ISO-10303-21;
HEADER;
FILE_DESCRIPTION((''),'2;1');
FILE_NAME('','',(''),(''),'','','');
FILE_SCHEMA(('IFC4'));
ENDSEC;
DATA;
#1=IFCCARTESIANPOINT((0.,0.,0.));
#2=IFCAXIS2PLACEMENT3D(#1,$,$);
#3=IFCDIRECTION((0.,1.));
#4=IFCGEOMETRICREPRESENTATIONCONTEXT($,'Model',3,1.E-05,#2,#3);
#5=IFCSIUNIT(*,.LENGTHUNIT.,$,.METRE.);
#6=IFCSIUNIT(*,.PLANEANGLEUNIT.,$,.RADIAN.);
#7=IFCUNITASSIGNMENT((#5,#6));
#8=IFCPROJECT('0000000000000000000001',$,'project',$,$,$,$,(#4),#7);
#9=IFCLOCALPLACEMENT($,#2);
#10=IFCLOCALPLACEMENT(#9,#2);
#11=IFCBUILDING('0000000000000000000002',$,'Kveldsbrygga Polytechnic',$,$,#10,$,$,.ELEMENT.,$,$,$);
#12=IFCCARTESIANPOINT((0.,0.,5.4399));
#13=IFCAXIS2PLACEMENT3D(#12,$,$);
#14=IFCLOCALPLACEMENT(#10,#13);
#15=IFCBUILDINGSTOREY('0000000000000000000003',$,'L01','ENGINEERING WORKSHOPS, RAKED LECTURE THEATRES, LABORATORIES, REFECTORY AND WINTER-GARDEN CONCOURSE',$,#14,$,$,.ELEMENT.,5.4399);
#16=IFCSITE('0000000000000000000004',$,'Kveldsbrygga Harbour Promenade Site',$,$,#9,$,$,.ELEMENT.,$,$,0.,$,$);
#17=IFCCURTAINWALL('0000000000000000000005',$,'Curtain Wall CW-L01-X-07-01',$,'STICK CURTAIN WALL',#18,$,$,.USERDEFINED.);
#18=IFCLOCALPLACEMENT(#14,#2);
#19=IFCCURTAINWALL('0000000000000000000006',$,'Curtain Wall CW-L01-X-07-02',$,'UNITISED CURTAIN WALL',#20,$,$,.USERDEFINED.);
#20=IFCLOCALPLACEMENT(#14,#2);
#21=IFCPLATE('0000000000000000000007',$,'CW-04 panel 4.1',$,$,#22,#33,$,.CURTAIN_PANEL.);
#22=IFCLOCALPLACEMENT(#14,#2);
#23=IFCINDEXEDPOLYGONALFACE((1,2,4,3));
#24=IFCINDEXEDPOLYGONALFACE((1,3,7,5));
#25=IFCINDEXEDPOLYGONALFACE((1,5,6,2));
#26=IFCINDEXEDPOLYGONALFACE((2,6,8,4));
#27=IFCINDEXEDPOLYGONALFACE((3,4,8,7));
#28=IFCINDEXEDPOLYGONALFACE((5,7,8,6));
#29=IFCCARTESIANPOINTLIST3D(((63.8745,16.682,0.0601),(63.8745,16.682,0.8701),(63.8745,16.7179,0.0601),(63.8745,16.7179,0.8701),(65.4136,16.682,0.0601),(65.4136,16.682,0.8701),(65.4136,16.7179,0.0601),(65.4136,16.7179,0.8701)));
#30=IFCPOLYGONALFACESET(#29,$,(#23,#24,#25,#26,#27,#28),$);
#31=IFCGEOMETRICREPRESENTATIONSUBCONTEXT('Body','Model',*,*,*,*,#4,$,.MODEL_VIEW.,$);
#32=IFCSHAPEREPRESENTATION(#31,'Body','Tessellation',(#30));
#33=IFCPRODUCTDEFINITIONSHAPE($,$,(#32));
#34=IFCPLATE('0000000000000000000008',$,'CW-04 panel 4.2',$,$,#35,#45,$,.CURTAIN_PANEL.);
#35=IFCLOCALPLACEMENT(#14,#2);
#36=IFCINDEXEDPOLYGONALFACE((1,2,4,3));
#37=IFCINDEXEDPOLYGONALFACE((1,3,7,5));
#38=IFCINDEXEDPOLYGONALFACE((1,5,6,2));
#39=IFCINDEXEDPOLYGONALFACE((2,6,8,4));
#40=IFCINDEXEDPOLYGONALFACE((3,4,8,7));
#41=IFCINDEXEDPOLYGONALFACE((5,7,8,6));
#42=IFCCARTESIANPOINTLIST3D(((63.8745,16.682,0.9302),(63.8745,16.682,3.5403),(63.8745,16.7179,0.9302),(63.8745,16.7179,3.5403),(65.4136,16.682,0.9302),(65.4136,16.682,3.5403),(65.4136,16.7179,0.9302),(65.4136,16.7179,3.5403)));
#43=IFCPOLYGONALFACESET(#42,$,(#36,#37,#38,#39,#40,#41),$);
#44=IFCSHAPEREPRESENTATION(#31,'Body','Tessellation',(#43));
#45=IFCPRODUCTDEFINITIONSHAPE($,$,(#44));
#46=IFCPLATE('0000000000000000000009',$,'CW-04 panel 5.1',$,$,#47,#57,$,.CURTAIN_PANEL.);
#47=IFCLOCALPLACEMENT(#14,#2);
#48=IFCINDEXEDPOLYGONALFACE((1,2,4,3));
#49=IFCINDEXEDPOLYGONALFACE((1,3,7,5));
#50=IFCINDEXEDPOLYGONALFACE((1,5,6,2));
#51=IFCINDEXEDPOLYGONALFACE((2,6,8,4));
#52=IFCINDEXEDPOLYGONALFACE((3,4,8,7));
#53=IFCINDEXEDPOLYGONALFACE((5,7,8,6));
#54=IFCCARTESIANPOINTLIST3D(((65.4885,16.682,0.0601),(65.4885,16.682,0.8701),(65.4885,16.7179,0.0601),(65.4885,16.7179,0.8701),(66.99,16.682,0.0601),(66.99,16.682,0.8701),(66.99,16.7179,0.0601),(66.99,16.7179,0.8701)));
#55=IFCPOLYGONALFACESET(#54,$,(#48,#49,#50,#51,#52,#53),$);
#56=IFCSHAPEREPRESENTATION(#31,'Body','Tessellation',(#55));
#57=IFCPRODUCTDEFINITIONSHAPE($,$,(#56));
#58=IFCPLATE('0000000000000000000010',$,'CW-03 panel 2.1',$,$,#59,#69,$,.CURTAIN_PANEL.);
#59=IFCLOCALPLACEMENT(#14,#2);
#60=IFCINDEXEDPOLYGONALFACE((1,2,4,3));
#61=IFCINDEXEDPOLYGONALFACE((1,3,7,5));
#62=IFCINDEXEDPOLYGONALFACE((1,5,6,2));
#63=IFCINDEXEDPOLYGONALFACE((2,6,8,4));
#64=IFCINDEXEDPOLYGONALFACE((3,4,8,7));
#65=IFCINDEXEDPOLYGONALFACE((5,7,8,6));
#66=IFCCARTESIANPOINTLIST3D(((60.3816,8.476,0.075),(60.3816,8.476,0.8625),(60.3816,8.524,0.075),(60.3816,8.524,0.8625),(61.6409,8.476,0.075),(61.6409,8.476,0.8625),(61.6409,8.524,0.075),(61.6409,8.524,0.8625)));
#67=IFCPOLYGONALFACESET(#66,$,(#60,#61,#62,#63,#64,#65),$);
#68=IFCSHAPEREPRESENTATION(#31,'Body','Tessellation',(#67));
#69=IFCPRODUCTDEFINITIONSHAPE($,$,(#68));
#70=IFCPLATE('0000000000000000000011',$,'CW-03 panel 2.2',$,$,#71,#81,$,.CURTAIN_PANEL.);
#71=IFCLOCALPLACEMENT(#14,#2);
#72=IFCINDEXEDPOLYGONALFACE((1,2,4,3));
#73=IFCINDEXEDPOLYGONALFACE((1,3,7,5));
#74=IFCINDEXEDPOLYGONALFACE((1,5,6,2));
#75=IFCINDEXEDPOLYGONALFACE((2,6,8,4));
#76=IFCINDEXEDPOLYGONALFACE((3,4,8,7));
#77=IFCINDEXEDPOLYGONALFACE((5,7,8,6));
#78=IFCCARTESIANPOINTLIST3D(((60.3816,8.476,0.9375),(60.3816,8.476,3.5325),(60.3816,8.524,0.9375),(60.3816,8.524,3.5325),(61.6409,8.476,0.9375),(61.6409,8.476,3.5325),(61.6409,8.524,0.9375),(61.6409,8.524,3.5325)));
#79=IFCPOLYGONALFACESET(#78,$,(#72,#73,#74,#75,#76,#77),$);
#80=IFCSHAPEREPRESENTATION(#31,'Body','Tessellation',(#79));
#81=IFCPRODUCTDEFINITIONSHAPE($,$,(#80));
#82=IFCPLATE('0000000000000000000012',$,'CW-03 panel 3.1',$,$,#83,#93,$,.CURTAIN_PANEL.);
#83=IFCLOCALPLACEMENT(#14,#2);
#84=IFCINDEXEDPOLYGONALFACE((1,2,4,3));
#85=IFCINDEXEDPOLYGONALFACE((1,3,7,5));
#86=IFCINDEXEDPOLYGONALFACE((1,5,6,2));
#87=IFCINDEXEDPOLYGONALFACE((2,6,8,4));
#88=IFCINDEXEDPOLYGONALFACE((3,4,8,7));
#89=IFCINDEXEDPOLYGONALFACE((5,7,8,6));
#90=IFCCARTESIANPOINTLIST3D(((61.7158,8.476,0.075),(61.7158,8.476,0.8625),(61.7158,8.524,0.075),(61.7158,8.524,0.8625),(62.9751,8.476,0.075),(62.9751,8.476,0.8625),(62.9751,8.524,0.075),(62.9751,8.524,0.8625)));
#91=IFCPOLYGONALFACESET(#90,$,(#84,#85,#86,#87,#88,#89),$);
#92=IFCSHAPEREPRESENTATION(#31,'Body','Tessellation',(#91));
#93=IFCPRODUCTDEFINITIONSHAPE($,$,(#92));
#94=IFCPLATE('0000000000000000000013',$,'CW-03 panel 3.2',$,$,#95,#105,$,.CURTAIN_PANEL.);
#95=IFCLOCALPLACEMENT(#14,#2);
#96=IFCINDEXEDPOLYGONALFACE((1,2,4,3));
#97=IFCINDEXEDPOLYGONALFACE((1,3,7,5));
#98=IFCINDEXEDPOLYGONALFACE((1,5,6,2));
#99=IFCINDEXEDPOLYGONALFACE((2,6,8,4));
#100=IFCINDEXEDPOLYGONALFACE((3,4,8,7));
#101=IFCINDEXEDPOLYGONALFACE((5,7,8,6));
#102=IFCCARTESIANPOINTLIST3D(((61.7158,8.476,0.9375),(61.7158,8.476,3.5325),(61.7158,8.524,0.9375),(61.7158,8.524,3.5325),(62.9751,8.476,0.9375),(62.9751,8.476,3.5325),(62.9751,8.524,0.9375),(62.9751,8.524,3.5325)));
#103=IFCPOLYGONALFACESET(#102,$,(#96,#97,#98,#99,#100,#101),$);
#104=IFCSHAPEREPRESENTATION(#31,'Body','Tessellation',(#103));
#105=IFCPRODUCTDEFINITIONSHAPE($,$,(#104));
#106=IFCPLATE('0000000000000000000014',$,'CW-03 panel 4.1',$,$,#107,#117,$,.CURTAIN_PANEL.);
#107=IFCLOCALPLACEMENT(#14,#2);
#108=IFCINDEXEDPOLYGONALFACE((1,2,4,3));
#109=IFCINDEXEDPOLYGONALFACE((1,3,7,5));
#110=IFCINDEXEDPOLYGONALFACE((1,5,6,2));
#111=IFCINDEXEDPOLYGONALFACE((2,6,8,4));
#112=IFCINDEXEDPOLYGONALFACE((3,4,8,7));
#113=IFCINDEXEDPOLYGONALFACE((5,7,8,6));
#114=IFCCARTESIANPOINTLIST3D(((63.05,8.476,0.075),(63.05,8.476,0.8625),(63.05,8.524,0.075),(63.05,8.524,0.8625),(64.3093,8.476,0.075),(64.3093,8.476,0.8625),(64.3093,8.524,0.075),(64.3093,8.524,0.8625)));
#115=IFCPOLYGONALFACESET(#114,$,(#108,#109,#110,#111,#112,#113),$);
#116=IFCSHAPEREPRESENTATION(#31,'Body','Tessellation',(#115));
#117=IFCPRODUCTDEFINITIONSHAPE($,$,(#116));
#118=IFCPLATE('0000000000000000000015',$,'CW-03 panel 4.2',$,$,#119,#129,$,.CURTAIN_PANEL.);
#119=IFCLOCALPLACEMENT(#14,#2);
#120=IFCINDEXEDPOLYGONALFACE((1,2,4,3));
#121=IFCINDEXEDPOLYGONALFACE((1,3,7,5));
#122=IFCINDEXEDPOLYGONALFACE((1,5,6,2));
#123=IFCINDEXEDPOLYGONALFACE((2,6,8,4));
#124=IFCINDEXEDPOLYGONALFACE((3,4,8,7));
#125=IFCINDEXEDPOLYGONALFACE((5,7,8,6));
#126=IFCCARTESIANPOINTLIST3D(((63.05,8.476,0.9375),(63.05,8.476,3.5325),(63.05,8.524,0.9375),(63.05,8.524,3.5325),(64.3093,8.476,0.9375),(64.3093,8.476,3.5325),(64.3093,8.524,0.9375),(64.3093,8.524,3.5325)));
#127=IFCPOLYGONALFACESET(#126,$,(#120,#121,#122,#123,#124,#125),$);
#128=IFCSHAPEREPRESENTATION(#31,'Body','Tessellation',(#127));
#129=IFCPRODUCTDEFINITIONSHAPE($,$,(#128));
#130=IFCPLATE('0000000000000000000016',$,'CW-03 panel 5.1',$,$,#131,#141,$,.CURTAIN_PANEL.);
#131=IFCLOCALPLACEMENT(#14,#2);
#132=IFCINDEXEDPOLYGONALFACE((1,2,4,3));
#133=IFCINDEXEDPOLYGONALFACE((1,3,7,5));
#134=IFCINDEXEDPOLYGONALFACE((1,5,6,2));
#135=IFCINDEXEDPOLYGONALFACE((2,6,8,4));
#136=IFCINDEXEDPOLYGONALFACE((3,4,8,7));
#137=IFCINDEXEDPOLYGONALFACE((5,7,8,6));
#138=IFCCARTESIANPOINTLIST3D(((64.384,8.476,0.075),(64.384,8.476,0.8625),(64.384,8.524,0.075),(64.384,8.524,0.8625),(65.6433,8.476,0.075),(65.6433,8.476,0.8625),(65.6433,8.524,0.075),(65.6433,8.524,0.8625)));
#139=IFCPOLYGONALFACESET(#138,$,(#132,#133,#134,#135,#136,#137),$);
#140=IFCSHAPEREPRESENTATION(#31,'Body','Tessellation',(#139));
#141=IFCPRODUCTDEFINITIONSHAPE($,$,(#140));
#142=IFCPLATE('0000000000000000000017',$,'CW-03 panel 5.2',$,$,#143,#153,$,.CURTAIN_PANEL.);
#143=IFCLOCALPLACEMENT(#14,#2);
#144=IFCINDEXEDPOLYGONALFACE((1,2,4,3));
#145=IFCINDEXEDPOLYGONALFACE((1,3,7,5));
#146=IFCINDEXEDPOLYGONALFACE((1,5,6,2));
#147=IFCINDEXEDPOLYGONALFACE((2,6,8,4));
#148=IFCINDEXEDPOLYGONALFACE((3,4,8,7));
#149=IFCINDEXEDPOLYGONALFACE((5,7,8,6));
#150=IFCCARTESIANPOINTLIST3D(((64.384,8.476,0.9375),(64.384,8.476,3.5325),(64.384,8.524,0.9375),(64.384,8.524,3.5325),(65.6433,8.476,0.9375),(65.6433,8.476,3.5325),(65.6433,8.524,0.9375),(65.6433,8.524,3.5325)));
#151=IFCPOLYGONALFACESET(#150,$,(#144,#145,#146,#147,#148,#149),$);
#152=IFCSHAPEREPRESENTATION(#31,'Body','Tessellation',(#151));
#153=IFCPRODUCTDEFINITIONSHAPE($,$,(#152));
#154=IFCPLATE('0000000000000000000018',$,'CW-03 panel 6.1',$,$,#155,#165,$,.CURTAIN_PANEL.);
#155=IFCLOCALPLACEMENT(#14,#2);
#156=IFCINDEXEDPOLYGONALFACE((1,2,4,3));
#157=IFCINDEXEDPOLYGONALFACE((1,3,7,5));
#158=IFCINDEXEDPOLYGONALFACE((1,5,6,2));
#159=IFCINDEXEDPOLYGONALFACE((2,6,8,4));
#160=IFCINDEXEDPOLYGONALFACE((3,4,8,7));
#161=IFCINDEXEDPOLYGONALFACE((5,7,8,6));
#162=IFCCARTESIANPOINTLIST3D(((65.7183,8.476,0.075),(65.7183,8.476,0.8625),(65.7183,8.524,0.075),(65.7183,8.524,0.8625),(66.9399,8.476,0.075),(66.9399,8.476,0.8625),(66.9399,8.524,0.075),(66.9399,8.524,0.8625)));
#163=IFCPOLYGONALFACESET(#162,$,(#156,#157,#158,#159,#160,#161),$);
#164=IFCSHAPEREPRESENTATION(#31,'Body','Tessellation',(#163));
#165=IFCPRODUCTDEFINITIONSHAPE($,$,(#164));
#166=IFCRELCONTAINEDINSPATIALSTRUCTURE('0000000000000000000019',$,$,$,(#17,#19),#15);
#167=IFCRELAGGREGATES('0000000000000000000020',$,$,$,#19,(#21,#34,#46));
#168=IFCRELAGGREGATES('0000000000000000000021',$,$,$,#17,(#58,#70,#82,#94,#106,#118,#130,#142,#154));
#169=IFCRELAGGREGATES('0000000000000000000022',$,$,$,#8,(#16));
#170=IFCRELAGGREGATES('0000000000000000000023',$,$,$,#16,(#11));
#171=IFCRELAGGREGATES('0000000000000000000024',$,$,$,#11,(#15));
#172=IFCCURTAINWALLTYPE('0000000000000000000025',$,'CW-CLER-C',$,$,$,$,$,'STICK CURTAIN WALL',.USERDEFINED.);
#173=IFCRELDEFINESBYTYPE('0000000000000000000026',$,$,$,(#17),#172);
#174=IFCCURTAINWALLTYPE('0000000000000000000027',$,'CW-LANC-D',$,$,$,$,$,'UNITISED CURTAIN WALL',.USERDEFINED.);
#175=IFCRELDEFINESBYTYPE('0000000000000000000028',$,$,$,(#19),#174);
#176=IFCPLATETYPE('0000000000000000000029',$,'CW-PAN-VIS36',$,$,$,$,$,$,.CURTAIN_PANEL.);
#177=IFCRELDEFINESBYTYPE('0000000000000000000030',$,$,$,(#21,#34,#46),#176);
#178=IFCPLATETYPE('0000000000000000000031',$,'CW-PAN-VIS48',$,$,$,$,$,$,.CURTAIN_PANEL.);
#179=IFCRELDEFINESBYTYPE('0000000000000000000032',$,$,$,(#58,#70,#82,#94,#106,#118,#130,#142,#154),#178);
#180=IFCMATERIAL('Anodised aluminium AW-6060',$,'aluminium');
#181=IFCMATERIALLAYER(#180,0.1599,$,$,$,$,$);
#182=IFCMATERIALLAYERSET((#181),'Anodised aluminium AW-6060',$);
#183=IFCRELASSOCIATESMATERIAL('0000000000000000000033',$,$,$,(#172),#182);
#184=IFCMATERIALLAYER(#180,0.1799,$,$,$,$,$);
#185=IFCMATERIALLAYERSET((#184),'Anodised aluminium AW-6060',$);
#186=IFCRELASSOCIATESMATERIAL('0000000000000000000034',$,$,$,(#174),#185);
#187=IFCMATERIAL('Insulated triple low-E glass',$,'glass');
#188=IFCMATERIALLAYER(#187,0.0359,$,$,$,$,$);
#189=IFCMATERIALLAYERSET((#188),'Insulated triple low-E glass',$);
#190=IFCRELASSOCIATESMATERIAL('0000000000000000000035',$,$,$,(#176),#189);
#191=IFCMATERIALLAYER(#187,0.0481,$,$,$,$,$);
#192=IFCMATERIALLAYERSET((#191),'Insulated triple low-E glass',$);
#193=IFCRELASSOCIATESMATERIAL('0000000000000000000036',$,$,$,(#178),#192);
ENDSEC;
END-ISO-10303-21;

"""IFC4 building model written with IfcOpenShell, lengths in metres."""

from ifc_helpers import new_model, si_unit, direction, frame, origin, origin_2d, place, context, subcontext, project, spatial, rectangle, extrude, material, layer, layer_set, type_object, element, aggregate, save


model = new_model("IFC4")

# Units and contexts
model_context = context("Model", 3, precision=1e-05, world=origin(), true_north=direction((0.0, 1.0)))
body_context = subcontext(model_context, "Body", "Model", "MODEL_VIEW")
ifc_project = project(units=[si_unit("LENGTHUNIT", "METRE"), si_unit("PLANEANGLEUNIT", "RADIAN")], contexts=[model_context])

# Site, building, storey
site_placement = place(None, origin())
site = spatial("IfcSite", under=ifc_project, at=site_placement, Name="Kveldsbrygga Harbour Promenade Site", CompositionType="ELEMENT", RefElevation=0.0)
building_placement = place(site_placement, origin())
building = spatial("IfcBuilding", under=site, at=building_placement, Name="Kveldsbrygga Polytechnic", CompositionType="ELEMENT")
storey_placement = place(building_placement, frame((0.0, 0.0, 5.4399)))
storey = spatial("IfcBuildingStorey", under=building, at=storey_placement, Name="L01", Description="ENGINEERING WORKSHOPS, RAKED LECTURE THEATRES, LABORATORIES, REFECTORY AND WINTER-GARDEN CONCOURSE", CompositionType="ELEMENT", Elevation=5.4399)

# Curtain walls
ifc_material_1 = material(Name="Anodised aluminium AW-6060", Category="aluminium")
ifc_layer_1 = layer(ifc_material_1, 0.1599)
ifc_layer_set_1 = layer_set([ifc_layer_1], Name="Anodised aluminium AW-6060")
curtain_wall_type_1 = type_object("IfcCurtainWallType", Name="CW-CLER-C", ElementType="STICK CURTAIN WALL", PredefinedType="USERDEFINED", material=ifc_layer_set_1)
curtain_wall_1_placement = place(storey_placement, origin())
curtain_wall_1 = element("IfcCurtainWall", 1, at=curtain_wall_1_placement, inside=storey, type_object=curtain_wall_type_1, Name="Curtain Wall CW-L01-X-07-01", ObjectType="STICK CURTAIN WALL", PredefinedType="USERDEFINED")
ifc_layer_2 = layer(ifc_material_1, 0.1799)
ifc_layer_set_2 = layer_set([ifc_layer_2], Name="Anodised aluminium AW-6060")
curtain_wall_type_2 = type_object("IfcCurtainWallType", Name="CW-LANC-D", ElementType="UNITISED CURTAIN WALL", PredefinedType="USERDEFINED", material=ifc_layer_set_2)
curtain_wall_2_placement = place(storey_placement, origin())
curtain_wall_2 = element("IfcCurtainWall", 2, at=curtain_wall_2_placement, inside=storey, type_object=curtain_wall_type_2, Name="Curtain Wall CW-L01-X-07-02", ObjectType="UNITISED CURTAIN WALL", PredefinedType="USERDEFINED")

# Plates
ifc_material_2 = material(Name="Insulated triple low-E glass", Category="glass")
ifc_layer_3 = layer(ifc_material_2, 0.0359)
ifc_layer_set_3 = layer_set([ifc_layer_3], Name="Insulated triple low-E glass")
plate_type_1 = type_object("IfcPlateType", Name="CW-PAN-VIS36", PredefinedType="CURTAIN_PANEL", material=ifc_layer_set_3)
plate_1_placement = place(storey_placement, frame((64.644, 16.7, 0.0601), z_axis=(0.0, 0.0, 1.0), x_axis=(1.0, 0.0, 0.0)))
plate_1 = element("IfcPlate", 3, at=plate_1_placement, type_object=plate_type_1, Name="CW-04 panel 4.1", PredefinedType="CURTAIN_PANEL", context=body_context, shape_type="SweptSolid", body=[
    extrude(rectangle(XDim=1.5391, YDim=0.0359, at=origin_2d()), origin(), (0.0, 0.0, 1.0), 0.8101),
])
plate_2_placement = place(storey_placement, frame((64.644, 16.7, 0.9302), z_axis=(0.0, 0.0, 1.0), x_axis=(1.0, 0.0, 0.0)))
plate_2 = element("IfcPlate", 4, at=plate_2_placement, type_object=plate_type_1, Name="CW-04 panel 4.2", PredefinedType="CURTAIN_PANEL", context=body_context, shape_type="SweptSolid", body=[
    extrude(rectangle(XDim=1.5391, YDim=0.0359, at=origin_2d()), origin(), (0.0, 0.0, 1.0), 2.6101),
])
plate_3_placement = place(storey_placement, frame((66.2393, 16.7, 0.0601), z_axis=(0.0, 0.0, 1.0), x_axis=(1.0, 0.0, 0.0)))
plate_3 = element("IfcPlate", 5, at=plate_3_placement, type_object=plate_type_1, Name="CW-04 panel 5.1", PredefinedType="CURTAIN_PANEL", context=body_context, shape_type="SweptSolid", body=[
    extrude(rectangle(XDim=1.5015, YDim=0.0359, at=origin_2d()), origin(), (0.0, 0.0, 1.0), 0.8101),
])
aggregate(curtain_wall_2, [plate_1, plate_2, plate_3])
ifc_layer_4 = layer(ifc_material_2, 0.0481)
ifc_layer_set_4 = layer_set([ifc_layer_4], Name="Insulated triple low-E glass")
plate_type_2 = type_object("IfcPlateType", Name="CW-PAN-VIS48", PredefinedType="CURTAIN_PANEL", material=ifc_layer_set_4)
plate_4_placement = place(storey_placement, frame((61.0112, 8.5, 0.075), z_axis=(0.0, 0.0, 1.0), x_axis=(1.0, 0.0, 0.0)))
plate_4 = element("IfcPlate", 6, at=plate_4_placement, type_object=plate_type_2, Name="CW-03 panel 2.1", PredefinedType="CURTAIN_PANEL", context=body_context, shape_type="SweptSolid", body=[
    extrude(rectangle(XDim=1.2593, YDim=0.0481, at=origin_2d()), origin(), (0.0, 0.0, 1.0), 0.7876),
])
plate_5_placement = place(storey_placement, frame((61.0112, 8.5, 0.9375), z_axis=(0.0, 0.0, 1.0), x_axis=(1.0, 0.0, 0.0)))
plate_5 = element("IfcPlate", 7, at=plate_5_placement, type_object=plate_type_2, Name="CW-03 panel 2.2", PredefinedType="CURTAIN_PANEL", context=body_context, shape_type="SweptSolid", body=[
    extrude(rectangle(XDim=1.2593, YDim=0.0481, at=origin_2d()), origin(), (0.0, 0.0, 1.0), 2.595),
])
plate_6_placement = place(storey_placement, frame((62.3455, 8.5, 0.075), z_axis=(0.0, 0.0, 1.0), x_axis=(1.0, 0.0, 0.0)))
plate_6 = element("IfcPlate", 8, at=plate_6_placement, type_object=plate_type_2, Name="CW-03 panel 3.1", PredefinedType="CURTAIN_PANEL", context=body_context, shape_type="SweptSolid", body=[
    extrude(rectangle(XDim=1.2593, YDim=0.0481, at=origin_2d()), origin(), (0.0, 0.0, 1.0), 0.7876),
])
plate_7_placement = place(storey_placement, frame((62.3455, 8.5, 0.9375), z_axis=(0.0, 0.0, 1.0), x_axis=(1.0, 0.0, 0.0)))
plate_7 = element("IfcPlate", 9, at=plate_7_placement, type_object=plate_type_2, Name="CW-03 panel 3.2", PredefinedType="CURTAIN_PANEL", context=body_context, shape_type="SweptSolid", body=[
    extrude(rectangle(XDim=1.2593, YDim=0.0481, at=origin_2d()), origin(), (0.0, 0.0, 1.0), 2.595),
])
plate_8_placement = place(storey_placement, frame((63.6797, 8.5, 0.075), z_axis=(0.0, 0.0, 1.0), x_axis=(1.0, 0.0, 0.0)))
plate_8 = element("IfcPlate", 10, at=plate_8_placement, type_object=plate_type_2, Name="CW-03 panel 4.1", PredefinedType="CURTAIN_PANEL", context=body_context, shape_type="SweptSolid", body=[
    extrude(rectangle(XDim=1.2593, YDim=0.0481, at=origin_2d()), origin(), (0.0, 0.0, 1.0), 0.7876),
])
plate_9_placement = place(storey_placement, frame((63.6797, 8.5, 0.9375), z_axis=(0.0, 0.0, 1.0), x_axis=(1.0, 0.0, 0.0)))
plate_9 = element("IfcPlate", 11, at=plate_9_placement, type_object=plate_type_2, Name="CW-03 panel 4.2", PredefinedType="CURTAIN_PANEL", context=body_context, shape_type="SweptSolid", body=[
    extrude(rectangle(XDim=1.2593, YDim=0.0481, at=origin_2d()), origin(), (0.0, 0.0, 1.0), 2.595),
])
plate_10_placement = place(storey_placement, frame((65.0137, 8.5, 0.075), z_axis=(0.0, 0.0, 1.0), x_axis=(1.0, 0.0, 0.0)))
plate_10 = element("IfcPlate", 12, at=plate_10_placement, type_object=plate_type_2, Name="CW-03 panel 5.1", PredefinedType="CURTAIN_PANEL", context=body_context, shape_type="SweptSolid", body=[
    extrude(rectangle(XDim=1.2593, YDim=0.0481, at=origin_2d()), origin(), (0.0, 0.0, 1.0), 0.7876),
])
plate_11_placement = place(storey_placement, frame((65.0137, 8.5, 0.9375), z_axis=(0.0, 0.0, 1.0), x_axis=(1.0, 0.0, 0.0)))
plate_11 = element("IfcPlate", 13, at=plate_11_placement, type_object=plate_type_2, Name="CW-03 panel 5.2", PredefinedType="CURTAIN_PANEL", context=body_context, shape_type="SweptSolid", body=[
    extrude(rectangle(XDim=1.2593, YDim=0.0481, at=origin_2d()), origin(), (0.0, 0.0, 1.0), 2.595),
])
plate_12_placement = place(storey_placement, frame((66.3291, 8.5, 0.075), z_axis=(0.0, 0.0, 1.0), x_axis=(1.0, 0.0, 0.0)))
plate_12 = element("IfcPlate", 14, at=plate_12_placement, type_object=plate_type_2, Name="CW-03 panel 6.1", PredefinedType="CURTAIN_PANEL", context=body_context, shape_type="SweptSolid", body=[
    extrude(rectangle(XDim=1.2217, YDim=0.0481, at=origin_2d()), origin(), (0.0, 0.0, 1.0), 0.7876),
])
aggregate(curtain_wall_1, [plate_4, plate_5, plate_6, plate_7, plate_8, plate_9, plate_10, plate_11, plate_12])

save(model, "model.ifc")
